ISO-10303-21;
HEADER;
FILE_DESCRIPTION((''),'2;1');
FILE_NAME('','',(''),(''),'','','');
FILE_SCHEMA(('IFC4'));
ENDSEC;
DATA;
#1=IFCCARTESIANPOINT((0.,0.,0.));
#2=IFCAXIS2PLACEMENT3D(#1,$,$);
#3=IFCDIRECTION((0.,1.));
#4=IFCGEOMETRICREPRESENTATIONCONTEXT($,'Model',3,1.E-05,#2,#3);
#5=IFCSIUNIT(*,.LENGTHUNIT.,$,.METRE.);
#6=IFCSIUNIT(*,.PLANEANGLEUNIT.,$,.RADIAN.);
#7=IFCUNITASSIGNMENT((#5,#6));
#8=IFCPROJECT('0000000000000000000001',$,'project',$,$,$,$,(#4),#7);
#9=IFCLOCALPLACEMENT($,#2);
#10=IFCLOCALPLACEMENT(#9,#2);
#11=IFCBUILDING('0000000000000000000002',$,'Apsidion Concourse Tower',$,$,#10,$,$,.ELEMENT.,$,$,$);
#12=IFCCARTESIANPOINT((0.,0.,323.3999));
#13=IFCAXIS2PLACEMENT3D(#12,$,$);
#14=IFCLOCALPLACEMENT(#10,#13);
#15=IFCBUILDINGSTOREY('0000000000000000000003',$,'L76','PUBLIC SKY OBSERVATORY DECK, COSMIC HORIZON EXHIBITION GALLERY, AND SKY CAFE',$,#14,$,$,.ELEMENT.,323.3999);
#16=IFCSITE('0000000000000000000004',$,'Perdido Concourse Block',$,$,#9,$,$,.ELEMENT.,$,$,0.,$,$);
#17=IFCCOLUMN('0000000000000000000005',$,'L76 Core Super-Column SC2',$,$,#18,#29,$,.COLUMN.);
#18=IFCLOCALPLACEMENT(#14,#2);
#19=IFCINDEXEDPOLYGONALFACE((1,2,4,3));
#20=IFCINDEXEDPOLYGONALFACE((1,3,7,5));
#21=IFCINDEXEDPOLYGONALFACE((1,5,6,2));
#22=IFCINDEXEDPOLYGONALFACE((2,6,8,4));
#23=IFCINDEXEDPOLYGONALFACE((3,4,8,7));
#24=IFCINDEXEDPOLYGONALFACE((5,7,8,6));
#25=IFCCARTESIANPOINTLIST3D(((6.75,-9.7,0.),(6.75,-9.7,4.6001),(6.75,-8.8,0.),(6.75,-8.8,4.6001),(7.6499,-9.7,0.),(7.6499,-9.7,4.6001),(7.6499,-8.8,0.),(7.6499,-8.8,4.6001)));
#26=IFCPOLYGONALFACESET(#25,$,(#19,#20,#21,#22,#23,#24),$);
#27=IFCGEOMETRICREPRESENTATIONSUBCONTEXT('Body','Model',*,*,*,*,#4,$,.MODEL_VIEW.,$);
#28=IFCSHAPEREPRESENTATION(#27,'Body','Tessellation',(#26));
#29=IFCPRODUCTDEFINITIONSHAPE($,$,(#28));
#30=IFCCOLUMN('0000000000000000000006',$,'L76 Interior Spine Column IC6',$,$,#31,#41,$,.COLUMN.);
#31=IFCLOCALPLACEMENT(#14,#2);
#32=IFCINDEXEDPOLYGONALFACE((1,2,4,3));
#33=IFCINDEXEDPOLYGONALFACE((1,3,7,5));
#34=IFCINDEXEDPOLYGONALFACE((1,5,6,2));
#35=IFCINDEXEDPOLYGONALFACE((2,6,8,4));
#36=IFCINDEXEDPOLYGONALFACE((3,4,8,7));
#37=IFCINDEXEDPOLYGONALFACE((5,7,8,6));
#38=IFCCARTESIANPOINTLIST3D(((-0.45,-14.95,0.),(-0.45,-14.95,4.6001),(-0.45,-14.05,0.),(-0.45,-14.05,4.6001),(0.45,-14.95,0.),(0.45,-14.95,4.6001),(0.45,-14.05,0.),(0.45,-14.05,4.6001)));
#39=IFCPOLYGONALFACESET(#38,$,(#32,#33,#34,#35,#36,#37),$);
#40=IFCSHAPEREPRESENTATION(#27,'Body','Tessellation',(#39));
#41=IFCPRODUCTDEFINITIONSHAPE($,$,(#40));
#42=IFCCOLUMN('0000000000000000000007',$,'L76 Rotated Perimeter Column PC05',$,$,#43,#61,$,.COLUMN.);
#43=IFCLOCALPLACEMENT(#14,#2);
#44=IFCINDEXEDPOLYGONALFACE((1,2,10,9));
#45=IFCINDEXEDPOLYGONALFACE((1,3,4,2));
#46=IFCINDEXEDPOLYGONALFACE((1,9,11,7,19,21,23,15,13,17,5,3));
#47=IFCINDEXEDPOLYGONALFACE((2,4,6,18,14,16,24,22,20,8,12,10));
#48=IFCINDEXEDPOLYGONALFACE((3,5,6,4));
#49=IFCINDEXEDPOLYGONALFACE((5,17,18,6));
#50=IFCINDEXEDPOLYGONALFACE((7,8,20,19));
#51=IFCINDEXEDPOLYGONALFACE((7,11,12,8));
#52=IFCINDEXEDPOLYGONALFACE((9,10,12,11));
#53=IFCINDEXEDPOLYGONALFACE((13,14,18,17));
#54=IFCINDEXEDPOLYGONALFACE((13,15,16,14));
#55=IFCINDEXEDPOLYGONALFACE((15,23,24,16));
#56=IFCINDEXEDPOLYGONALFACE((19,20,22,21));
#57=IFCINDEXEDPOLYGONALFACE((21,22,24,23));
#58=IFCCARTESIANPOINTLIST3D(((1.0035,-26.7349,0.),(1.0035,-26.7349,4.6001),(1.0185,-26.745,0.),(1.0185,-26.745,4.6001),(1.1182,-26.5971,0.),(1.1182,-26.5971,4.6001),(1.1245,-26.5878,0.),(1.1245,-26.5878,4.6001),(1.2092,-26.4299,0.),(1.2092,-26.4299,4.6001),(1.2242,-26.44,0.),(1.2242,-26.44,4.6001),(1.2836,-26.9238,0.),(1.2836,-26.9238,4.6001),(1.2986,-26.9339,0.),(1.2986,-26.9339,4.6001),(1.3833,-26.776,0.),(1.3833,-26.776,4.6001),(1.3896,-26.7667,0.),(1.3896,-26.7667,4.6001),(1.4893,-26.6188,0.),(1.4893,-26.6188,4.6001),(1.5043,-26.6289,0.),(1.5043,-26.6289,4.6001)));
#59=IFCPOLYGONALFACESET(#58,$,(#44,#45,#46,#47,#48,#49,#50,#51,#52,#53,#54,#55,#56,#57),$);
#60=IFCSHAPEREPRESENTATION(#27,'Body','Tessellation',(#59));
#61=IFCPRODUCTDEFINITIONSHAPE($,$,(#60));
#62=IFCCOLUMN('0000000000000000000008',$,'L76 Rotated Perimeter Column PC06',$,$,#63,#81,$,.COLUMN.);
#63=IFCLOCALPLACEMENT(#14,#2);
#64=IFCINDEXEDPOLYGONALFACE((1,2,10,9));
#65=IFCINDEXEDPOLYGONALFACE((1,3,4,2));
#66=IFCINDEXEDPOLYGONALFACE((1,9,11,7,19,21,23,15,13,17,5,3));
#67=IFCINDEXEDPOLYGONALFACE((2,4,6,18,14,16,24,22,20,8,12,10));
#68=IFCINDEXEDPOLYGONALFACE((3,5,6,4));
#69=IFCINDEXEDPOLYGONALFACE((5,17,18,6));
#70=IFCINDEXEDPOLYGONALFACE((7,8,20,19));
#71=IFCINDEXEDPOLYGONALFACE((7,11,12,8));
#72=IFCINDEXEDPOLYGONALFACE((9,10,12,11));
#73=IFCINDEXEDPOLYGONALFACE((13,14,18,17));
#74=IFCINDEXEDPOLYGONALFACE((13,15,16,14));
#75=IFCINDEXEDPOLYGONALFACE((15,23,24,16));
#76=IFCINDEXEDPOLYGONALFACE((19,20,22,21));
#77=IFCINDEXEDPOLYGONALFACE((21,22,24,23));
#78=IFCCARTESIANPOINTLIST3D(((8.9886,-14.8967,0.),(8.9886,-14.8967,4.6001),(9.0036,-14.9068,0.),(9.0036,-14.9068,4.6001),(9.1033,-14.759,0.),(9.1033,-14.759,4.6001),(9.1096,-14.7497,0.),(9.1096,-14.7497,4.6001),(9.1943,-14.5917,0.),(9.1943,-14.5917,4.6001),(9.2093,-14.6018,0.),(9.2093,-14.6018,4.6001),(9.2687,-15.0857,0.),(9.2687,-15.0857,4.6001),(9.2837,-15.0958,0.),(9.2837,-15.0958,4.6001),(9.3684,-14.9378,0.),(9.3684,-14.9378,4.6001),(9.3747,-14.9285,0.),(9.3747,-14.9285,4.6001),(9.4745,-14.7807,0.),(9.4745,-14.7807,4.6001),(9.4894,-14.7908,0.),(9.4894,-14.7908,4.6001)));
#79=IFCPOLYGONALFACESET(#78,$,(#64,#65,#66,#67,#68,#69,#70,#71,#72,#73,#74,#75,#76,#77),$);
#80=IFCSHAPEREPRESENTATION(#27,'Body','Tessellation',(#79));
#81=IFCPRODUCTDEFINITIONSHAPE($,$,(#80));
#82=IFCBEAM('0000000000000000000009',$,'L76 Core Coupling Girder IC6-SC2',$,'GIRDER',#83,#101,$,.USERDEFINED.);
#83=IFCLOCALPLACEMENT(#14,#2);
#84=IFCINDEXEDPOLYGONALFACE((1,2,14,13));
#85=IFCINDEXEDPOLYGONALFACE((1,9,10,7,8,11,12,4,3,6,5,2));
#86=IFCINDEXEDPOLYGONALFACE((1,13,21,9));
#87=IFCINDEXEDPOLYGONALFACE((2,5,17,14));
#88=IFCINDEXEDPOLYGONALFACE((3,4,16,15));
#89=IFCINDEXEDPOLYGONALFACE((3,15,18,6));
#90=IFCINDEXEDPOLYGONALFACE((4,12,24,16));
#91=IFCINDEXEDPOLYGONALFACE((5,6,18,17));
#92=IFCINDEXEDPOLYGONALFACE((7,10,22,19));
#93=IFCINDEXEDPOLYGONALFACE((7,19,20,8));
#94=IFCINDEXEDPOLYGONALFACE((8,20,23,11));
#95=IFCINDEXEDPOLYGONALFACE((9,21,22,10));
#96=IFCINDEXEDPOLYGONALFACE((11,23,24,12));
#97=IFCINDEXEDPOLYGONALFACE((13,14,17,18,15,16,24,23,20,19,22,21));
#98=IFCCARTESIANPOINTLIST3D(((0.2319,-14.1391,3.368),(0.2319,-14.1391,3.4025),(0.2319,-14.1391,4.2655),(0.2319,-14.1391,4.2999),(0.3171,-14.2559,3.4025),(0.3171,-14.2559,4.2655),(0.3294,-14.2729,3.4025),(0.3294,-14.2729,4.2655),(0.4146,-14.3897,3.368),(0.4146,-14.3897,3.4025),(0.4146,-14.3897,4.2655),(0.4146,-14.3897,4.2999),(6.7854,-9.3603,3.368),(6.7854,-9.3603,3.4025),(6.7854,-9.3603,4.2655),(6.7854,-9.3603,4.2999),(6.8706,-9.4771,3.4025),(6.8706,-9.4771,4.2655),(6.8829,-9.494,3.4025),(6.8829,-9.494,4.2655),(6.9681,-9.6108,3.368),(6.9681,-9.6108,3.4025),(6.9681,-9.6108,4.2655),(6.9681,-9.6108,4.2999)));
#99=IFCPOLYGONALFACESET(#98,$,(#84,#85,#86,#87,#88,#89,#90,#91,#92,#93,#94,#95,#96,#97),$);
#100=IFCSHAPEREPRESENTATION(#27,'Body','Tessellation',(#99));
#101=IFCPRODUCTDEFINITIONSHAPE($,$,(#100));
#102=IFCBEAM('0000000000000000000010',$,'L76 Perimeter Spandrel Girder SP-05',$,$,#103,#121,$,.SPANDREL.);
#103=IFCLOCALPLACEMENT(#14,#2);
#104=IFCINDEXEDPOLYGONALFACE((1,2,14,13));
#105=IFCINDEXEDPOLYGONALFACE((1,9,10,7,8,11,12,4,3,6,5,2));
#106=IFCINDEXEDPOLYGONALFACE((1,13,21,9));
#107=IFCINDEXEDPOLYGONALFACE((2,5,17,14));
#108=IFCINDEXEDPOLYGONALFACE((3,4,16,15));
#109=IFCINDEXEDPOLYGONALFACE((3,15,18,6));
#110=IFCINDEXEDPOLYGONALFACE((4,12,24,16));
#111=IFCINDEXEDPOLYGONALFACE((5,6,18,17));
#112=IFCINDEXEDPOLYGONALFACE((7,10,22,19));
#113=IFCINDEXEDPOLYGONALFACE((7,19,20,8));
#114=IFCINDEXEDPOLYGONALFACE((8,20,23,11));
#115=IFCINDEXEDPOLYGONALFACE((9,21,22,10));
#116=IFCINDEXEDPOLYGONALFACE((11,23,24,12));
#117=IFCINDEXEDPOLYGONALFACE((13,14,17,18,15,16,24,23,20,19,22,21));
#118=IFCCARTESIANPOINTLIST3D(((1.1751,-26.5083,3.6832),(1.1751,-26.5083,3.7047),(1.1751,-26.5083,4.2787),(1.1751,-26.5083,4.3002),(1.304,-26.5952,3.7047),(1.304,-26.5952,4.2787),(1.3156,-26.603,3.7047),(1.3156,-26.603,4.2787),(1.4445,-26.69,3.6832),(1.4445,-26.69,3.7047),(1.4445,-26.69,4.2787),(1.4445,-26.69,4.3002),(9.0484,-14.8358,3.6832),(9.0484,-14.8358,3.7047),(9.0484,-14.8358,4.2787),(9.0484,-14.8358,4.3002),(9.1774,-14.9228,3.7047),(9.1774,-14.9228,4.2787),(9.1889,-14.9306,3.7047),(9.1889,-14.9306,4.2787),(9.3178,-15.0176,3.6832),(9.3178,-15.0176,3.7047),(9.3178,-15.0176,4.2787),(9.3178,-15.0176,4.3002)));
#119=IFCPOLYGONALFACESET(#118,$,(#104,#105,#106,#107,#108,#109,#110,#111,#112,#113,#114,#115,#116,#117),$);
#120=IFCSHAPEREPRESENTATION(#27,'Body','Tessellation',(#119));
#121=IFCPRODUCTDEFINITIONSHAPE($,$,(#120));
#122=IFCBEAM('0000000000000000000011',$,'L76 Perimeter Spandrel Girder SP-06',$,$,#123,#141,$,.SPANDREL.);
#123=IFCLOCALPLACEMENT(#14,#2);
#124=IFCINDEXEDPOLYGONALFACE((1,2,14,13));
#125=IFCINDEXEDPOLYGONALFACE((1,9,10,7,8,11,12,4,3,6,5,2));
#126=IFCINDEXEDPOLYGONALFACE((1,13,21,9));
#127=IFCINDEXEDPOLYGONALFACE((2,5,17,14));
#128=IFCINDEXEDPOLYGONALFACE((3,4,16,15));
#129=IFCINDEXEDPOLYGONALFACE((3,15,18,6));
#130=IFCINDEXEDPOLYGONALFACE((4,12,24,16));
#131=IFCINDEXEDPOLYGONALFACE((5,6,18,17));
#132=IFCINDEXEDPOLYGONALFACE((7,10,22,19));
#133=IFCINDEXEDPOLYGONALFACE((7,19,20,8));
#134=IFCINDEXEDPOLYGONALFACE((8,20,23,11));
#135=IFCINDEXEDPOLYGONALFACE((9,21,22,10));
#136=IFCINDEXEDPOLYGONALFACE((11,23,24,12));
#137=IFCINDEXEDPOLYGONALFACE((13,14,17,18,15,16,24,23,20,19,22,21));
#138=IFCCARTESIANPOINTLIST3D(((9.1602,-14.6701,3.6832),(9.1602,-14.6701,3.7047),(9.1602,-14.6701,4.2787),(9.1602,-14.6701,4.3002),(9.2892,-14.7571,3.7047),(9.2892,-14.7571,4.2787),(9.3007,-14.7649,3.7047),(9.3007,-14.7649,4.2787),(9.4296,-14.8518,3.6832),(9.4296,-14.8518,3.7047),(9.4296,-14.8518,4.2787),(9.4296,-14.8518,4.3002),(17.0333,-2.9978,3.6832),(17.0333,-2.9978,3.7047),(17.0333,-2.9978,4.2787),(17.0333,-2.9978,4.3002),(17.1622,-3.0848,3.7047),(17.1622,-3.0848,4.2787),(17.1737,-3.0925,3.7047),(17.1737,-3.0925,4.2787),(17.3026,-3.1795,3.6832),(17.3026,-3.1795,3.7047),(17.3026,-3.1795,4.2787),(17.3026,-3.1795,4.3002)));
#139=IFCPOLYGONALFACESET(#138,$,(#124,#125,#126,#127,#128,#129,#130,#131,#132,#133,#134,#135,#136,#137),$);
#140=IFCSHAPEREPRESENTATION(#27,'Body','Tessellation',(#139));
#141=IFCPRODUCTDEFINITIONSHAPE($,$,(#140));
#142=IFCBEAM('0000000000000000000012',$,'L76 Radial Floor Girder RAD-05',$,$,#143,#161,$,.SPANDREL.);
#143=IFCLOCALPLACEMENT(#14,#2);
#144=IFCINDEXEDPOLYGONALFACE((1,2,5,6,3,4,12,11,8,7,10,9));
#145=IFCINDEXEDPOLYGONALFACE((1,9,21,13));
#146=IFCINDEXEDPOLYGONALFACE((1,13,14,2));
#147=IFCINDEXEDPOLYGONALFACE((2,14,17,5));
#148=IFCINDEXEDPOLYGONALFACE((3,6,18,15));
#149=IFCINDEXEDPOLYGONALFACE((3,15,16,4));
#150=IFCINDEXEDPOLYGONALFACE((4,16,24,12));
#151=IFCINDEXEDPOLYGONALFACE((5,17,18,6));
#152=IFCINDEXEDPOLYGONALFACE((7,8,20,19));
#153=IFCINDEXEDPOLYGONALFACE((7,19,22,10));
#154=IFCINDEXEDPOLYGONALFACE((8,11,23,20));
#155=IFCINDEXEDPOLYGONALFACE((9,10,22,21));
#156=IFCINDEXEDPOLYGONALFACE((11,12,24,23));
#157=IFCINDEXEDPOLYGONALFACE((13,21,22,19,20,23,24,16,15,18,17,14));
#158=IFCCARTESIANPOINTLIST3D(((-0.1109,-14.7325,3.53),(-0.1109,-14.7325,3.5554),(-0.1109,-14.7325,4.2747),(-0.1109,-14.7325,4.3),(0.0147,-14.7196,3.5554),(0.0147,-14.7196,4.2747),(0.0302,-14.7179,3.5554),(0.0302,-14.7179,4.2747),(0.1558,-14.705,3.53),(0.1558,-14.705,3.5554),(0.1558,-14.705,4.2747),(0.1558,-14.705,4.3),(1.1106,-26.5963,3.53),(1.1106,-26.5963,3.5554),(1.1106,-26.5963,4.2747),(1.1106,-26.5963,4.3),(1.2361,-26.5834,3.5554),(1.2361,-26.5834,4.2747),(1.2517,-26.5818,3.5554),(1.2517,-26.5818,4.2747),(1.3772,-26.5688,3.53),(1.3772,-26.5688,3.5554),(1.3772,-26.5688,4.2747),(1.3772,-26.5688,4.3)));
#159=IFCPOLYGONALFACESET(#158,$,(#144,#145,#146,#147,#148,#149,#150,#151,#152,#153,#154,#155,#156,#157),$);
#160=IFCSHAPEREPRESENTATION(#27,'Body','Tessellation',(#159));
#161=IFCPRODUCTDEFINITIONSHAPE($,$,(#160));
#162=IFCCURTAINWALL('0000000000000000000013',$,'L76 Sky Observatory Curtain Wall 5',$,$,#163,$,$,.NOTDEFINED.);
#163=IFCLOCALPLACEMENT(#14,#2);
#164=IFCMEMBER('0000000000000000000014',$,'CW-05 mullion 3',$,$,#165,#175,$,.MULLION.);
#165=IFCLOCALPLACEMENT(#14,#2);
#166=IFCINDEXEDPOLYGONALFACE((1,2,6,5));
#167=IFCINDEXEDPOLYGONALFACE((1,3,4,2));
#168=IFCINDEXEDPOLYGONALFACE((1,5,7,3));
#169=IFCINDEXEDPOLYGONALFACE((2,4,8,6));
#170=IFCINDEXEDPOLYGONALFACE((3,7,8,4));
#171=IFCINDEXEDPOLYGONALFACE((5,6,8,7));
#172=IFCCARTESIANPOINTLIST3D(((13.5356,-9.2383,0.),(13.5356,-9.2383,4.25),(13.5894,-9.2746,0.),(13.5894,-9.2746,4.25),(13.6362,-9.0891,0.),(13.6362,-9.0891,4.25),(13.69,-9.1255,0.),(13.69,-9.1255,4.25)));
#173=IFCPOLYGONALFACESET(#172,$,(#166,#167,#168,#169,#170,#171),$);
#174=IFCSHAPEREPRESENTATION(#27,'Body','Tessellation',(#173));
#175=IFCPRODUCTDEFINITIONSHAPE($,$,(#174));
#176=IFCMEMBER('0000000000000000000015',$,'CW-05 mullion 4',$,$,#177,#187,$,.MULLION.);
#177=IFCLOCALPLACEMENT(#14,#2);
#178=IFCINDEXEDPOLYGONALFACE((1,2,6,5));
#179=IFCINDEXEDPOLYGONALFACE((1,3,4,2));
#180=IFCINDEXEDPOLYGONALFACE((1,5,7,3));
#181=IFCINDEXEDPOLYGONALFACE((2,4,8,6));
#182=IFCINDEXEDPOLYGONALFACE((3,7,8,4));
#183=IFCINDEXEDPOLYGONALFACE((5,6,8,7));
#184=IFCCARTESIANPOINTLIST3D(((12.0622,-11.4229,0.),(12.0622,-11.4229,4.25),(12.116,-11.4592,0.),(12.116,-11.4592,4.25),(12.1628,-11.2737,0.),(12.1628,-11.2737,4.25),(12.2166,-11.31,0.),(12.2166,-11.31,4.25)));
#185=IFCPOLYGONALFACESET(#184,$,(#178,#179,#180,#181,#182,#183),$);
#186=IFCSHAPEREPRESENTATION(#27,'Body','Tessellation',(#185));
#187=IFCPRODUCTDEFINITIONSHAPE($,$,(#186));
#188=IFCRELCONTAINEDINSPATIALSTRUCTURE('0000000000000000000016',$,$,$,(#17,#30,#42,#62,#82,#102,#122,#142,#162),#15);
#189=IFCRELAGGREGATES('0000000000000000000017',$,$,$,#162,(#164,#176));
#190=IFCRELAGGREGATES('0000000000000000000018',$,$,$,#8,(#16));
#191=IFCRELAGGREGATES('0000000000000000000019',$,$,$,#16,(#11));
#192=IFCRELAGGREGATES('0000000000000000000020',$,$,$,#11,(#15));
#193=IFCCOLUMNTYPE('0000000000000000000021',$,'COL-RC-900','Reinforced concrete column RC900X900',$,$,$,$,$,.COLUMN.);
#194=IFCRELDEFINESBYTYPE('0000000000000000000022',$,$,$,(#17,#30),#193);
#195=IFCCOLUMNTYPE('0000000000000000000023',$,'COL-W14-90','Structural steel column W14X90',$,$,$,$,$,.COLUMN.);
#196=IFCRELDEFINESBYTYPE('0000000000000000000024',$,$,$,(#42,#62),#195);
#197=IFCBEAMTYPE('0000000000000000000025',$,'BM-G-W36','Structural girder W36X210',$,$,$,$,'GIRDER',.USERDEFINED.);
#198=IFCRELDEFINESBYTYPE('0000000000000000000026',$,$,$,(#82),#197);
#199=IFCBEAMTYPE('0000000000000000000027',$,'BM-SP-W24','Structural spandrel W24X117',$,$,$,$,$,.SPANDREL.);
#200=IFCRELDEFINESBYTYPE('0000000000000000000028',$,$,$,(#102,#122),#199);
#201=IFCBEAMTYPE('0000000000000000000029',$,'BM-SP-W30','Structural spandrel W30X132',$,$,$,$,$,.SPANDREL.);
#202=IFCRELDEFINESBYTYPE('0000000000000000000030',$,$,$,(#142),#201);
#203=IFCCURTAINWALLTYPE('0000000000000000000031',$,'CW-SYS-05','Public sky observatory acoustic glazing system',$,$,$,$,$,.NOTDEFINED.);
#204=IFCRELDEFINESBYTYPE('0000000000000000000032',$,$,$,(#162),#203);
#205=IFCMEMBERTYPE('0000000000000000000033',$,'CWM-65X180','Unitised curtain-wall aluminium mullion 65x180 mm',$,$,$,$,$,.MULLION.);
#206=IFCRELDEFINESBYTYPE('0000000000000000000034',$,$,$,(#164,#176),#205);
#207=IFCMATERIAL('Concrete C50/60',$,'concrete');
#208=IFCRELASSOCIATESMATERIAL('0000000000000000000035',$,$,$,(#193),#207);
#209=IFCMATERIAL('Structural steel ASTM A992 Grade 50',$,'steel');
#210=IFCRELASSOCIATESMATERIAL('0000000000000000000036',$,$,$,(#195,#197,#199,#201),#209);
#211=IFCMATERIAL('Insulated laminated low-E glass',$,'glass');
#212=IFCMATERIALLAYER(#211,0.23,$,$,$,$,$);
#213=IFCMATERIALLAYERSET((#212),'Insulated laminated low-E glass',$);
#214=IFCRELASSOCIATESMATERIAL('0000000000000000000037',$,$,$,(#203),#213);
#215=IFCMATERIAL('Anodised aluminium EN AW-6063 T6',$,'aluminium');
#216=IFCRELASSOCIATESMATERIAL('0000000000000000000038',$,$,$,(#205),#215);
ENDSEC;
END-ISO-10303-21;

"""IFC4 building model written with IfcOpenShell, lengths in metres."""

from ifc_helpers import new_model, si_unit, direction, frame, origin, origin_2d, place, context, subcontext, project, spatial, rectangle, i_section, extrude, material, layer, layer_set, material_profile, profile_set, type_object, element, aggregate, save


model = new_model("IFC4")

# Units and contexts
model_context = context("Model", 3, precision=1e-05, world=origin(), true_north=direction((0.0, 1.0)))
body_context = subcontext(model_context, "Body", "Model", "MODEL_VIEW")
ifc_project = project(units=[si_unit("LENGTHUNIT", "METRE"), si_unit("PLANEANGLEUNIT", "RADIAN")], contexts=[model_context])

# Site, building, storey
site_placement = place(None, origin())
site = spatial("IfcSite", under=ifc_project, at=site_placement, Name="Perdido Concourse Block", CompositionType="ELEMENT", RefElevation=0.0)
building_placement = place(site_placement, origin())
building = spatial("IfcBuilding", under=site, at=building_placement, Name="Apsidion Concourse Tower", CompositionType="ELEMENT")
storey_placement = place(building_placement, frame((0.0, 0.0, 323.3999)))
storey = spatial("IfcBuildingStorey", under=building, at=storey_placement, Name="L76", Description="PUBLIC SKY OBSERVATORY DECK, COSMIC HORIZON EXHIBITION GALLERY, AND SKY CAFE", CompositionType="ELEMENT", Elevation=323.3999)

# Columns
ifc_material_1 = material(Name="Concrete C50/60", Category="concrete")
ifc_material_profile_1 = material_profile(ifc_material_1, rectangle(XDim=0.8999, YDim=0.8999, at=origin_2d()), Name="RC 900x900")
ifc_profile_set_1 = profile_set([ifc_material_profile_1], Name="Concrete C50/60")
column_type_1 = type_object("IfcColumnType", Name="COL-RC-900", Description="Reinforced concrete column RC900X900", PredefinedType="COLUMN", material=ifc_profile_set_1)
for number, where, z_axis, x_axis, name in (
    (1, (7.2, -9.25, 0.0), (0.0, 0.0, 1.0), (1.0, 0.0, 0.0), "L76 Core Super-Column SC2"),
    (2, (0.0, -14.5, 0.0), (0.0, 0.0, 1.0), (1.0, 0.0, 0.0), "L76 Interior Spine Column IC6"),
):
    element("IfcColumn", number, at=place(storey_placement, frame(where, z_axis=z_axis, x_axis=x_axis)), inside=storey, type_object=column_type_1, Name=name, PredefinedType="COLUMN", context=body_context, shape_type="SweptSolid", body=[
        extrude(rectangle(XDim=0.8999, YDim=0.8999, at=origin_2d()), origin(), (0.0, 0.0, 1.0), 4.6001),
    ])
ifc_material_2 = material(Name="Structural steel ASTM A992 Grade 50", Category="steel")
ifc_material_profile_2 = material_profile(ifc_material_2, i_section(OverallWidth=0.3679, OverallDepth=0.356, WebThickness=0.0112, FlangeThickness=0.0181, at=origin_2d()), Name="W14X90")
ifc_profile_set_2 = profile_set([ifc_material_profile_2], Name="Structural steel ASTM A992 Grade 50")
column_type_2 = type_object("IfcColumnType", Name="COL-W14-90", Description="Structural steel column W14X90", PredefinedType="COLUMN", material=ifc_profile_set_2)
for number, where, z_axis, x_axis, name in (
    (3, (1.2539, -26.6819, 0.0), (0.0, 0.0, 1.0), (0.559193, 0.829038, 0.0), "L76 Rotated Perimeter Column PC05"),
    (4, (9.239, -14.8438, 0.0), (0.0, 0.0, 1.0), (0.559193, 0.829038, 0.0), "L76 Rotated Perimeter Column PC06"),
):
    element("IfcColumn", number, at=place(storey_placement, frame(where, z_axis=z_axis, x_axis=x_axis)), inside=storey, type_object=column_type_2, Name=name, PredefinedType="COLUMN", context=body_context, shape_type="SweptSolid", body=[
        extrude(i_section(OverallWidth=0.3679, OverallDepth=0.356, WebThickness=0.0112, FlangeThickness=0.0181, at=origin_2d()), origin(), (0.0, 0.0, 1.0), 4.6001),
    ])

# Beams
ifc_material_profile_3 = material_profile(ifc_material_2, i_section(OverallWidth=0.3101, OverallDepth=0.9319, WebThickness=0.021, FlangeThickness=0.0344, at=origin_2d()), Name="W36X210")
ifc_profile_set_3 = profile_set([ifc_material_profile_3], Name="Structural steel ASTM A992 Grade 50")
beam_type_1 = type_object("IfcBeamType", Name="BM-G-W36", Description="Structural girder W36X210", ElementType="GIRDER", PredefinedType="USERDEFINED", material=ifc_profile_set_3)
beam_1_placement = place(storey_placement, frame((0.3232, -14.2644, 3.834), z_axis=(0.807993, 0.589191, 0.0), x_axis=(-0.589191, 0.807993, 0.0)))
element("IfcBeam", 5, at=beam_1_placement, inside=storey, type_object=beam_type_1, Name="L76 Core Coupling Girder IC6-SC2", ObjectType="GIRDER", PredefinedType="USERDEFINED", context=body_context, shape_type="SweptSolid", body=[
    extrude(i_section(OverallWidth=0.3101, OverallDepth=0.9319, WebThickness=0.021, FlangeThickness=0.0344, at=origin_2d()), origin(), (0.0, 0.0, 1.0), 8.1108),
])
ifc_material_profile_4 = material_profile(ifc_material_2, i_section(OverallWidth=0.325, OverallDepth=0.6169, WebThickness=0.0139, FlangeThickness=0.0215, at=origin_2d()), Name="W24X117")
ifc_profile_set_4 = profile_set([ifc_material_profile_4], Name="Structural steel ASTM A992 Grade 50")
beam_type_2 = type_object("IfcBeamType", Name="BM-SP-W24", Description="Structural spandrel W24X117", PredefinedType="SPANDREL", material=ifc_profile_set_4)
beam_2_placement = place(storey_placement, frame((1.3098, -26.5991, 3.9917), z_axis=(0.559202, 0.829032, 0.0), x_axis=(-0.829032, 0.559202, 0.0)))
element("IfcBeam", 6, at=beam_2_placement, inside=storey, type_object=beam_type_2, Name="L76 Perimeter Spandrel Girder SP-05", PredefinedType="SPANDREL", context=body_context, shape_type="SweptSolid", body=[
    extrude(i_section(OverallWidth=0.325, OverallDepth=0.6169, WebThickness=0.0139, FlangeThickness=0.0215, at=origin_2d()), origin(), (0.0, 0.0, 1.0), 14.0796),
])
beam_3_placement = place(storey_placement, frame((9.2949, -14.761, 3.9917), z_axis=(0.55919, 0.82904, 0.0), x_axis=(-0.82904, 0.55919, 0.0)))
element("IfcBeam", 7, at=beam_3_placement, inside=storey, type_object=beam_type_2, Name="L76 Perimeter Spandrel Girder SP-06", PredefinedType="SPANDREL", context=body_context, shape_type="SweptSolid", body=[
    extrude(i_section(OverallWidth=0.325, OverallDepth=0.6169, WebThickness=0.0139, FlangeThickness=0.0215, at=origin_2d()), origin(), (0.0, 0.0, 1.0), 14.0793),
])
ifc_material_profile_5 = material_profile(ifc_material_2, i_section(OverallWidth=0.2681, OverallDepth=0.77, WebThickness=0.0156, FlangeThickness=0.0254, at=origin_2d()), Name="W30X132")
ifc_profile_set_5 = profile_set([ifc_material_profile_5], Name="Structural steel ASTM A992 Grade 50")
beam_type_3 = type_object("IfcBeamType", Name="BM-SP-W30", Description="Structural spandrel W30X132", PredefinedType="SPANDREL", material=ifc_profile_set_5)
beam_4_placement = place(storey_placement, frame((0.0225, -14.7188, 3.915), z_axis=(0.102414, -0.994742, 0.0), x_axis=(0.994742, 0.102414, 0.0)))
element("IfcBeam", 8, at=beam_4_placement, inside=storey, type_object=beam_type_3, Name="L76 Radial Floor Girder RAD-05", PredefinedType="SPANDREL", context=body_context, shape_type="SweptSolid", body=[
    extrude(i_section(OverallWidth=0.2681, OverallDepth=0.77, WebThickness=0.0156, FlangeThickness=0.0254, at=origin_2d()), origin(), (0.0, 0.0, 1.0), 11.9265),
])

# Curtain wall, members
ifc_material_3 = material(Name="Insulated laminated low-E glass", Category="glass")
ifc_layer_1 = layer(ifc_material_3, 0.23)
ifc_layer_set_1 = layer_set([ifc_layer_1], Name="Insulated laminated low-E glass")
curtain_wall_type = type_object("IfcCurtainWallType", Name="CW-SYS-05", Description="Public sky observatory acoustic glazing system", PredefinedType="NOTDEFINED", material=ifc_layer_set_1)
curtain_wall_placement = place(storey_placement, origin())
curtain_wall = element("IfcCurtainWall", 9, at=curtain_wall_placement, inside=storey, type_object=curtain_wall_type, Name="L76 Sky Observatory Curtain Wall 5", PredefinedType="NOTDEFINED")
ifc_material_4 = material(Name="Anodised aluminium EN AW-6063 T6", Category="aluminium")
ifc_material_profile_6 = material_profile(ifc_material_4, rectangle(XDim=0.0649, YDim=0.1799, at=origin_2d()), Name="ALU MULLION 65x180")
ifc_profile_set_6 = profile_set([ifc_material_profile_6], Name="Anodised aluminium EN AW-6063 T6")
member_type_1 = type_object("IfcMemberType", Name="CWM-65X180", Description="Unitised curtain-wall aluminium mullion 65x180 mm", PredefinedType="MULLION", material=ifc_profile_set_6)
member_1_placement = place(storey_placement, frame((13.6128, -9.1819, 0.0), z_axis=(0.0, 0.0, 1.0), x_axis=(0.829037, -0.559194, 0.0)))
member_1 = element("IfcMember", 10, at=member_1_placement, type_object=member_type_1, Name="CW-05 mullion 3", PredefinedType="MULLION", context=body_context, shape_type="SweptSolid", body=[
    extrude(rectangle(XDim=0.0649, YDim=0.1799, at=origin_2d()), origin(), (0.0, 0.0, 1.0), 4.25),
])
member_2_placement = place(storey_placement, frame((12.1394, -11.3665, 0.0), z_axis=(0.0, 0.0, 1.0), x_axis=(0.829037, -0.559194, 0.0)))
member_2 = element("IfcMember", 11, at=member_2_placement, type_object=member_type_1, Name="CW-05 mullion 4", PredefinedType="MULLION", context=body_context, shape_type="SweptSolid", body=[
    extrude(rectangle(XDim=0.0649, YDim=0.1799, at=origin_2d()), origin(), (0.0, 0.0, 1.0), 4.25),
])
aggregate(curtain_wall, [member_1, member_2])

save(model, "model.ifc")
